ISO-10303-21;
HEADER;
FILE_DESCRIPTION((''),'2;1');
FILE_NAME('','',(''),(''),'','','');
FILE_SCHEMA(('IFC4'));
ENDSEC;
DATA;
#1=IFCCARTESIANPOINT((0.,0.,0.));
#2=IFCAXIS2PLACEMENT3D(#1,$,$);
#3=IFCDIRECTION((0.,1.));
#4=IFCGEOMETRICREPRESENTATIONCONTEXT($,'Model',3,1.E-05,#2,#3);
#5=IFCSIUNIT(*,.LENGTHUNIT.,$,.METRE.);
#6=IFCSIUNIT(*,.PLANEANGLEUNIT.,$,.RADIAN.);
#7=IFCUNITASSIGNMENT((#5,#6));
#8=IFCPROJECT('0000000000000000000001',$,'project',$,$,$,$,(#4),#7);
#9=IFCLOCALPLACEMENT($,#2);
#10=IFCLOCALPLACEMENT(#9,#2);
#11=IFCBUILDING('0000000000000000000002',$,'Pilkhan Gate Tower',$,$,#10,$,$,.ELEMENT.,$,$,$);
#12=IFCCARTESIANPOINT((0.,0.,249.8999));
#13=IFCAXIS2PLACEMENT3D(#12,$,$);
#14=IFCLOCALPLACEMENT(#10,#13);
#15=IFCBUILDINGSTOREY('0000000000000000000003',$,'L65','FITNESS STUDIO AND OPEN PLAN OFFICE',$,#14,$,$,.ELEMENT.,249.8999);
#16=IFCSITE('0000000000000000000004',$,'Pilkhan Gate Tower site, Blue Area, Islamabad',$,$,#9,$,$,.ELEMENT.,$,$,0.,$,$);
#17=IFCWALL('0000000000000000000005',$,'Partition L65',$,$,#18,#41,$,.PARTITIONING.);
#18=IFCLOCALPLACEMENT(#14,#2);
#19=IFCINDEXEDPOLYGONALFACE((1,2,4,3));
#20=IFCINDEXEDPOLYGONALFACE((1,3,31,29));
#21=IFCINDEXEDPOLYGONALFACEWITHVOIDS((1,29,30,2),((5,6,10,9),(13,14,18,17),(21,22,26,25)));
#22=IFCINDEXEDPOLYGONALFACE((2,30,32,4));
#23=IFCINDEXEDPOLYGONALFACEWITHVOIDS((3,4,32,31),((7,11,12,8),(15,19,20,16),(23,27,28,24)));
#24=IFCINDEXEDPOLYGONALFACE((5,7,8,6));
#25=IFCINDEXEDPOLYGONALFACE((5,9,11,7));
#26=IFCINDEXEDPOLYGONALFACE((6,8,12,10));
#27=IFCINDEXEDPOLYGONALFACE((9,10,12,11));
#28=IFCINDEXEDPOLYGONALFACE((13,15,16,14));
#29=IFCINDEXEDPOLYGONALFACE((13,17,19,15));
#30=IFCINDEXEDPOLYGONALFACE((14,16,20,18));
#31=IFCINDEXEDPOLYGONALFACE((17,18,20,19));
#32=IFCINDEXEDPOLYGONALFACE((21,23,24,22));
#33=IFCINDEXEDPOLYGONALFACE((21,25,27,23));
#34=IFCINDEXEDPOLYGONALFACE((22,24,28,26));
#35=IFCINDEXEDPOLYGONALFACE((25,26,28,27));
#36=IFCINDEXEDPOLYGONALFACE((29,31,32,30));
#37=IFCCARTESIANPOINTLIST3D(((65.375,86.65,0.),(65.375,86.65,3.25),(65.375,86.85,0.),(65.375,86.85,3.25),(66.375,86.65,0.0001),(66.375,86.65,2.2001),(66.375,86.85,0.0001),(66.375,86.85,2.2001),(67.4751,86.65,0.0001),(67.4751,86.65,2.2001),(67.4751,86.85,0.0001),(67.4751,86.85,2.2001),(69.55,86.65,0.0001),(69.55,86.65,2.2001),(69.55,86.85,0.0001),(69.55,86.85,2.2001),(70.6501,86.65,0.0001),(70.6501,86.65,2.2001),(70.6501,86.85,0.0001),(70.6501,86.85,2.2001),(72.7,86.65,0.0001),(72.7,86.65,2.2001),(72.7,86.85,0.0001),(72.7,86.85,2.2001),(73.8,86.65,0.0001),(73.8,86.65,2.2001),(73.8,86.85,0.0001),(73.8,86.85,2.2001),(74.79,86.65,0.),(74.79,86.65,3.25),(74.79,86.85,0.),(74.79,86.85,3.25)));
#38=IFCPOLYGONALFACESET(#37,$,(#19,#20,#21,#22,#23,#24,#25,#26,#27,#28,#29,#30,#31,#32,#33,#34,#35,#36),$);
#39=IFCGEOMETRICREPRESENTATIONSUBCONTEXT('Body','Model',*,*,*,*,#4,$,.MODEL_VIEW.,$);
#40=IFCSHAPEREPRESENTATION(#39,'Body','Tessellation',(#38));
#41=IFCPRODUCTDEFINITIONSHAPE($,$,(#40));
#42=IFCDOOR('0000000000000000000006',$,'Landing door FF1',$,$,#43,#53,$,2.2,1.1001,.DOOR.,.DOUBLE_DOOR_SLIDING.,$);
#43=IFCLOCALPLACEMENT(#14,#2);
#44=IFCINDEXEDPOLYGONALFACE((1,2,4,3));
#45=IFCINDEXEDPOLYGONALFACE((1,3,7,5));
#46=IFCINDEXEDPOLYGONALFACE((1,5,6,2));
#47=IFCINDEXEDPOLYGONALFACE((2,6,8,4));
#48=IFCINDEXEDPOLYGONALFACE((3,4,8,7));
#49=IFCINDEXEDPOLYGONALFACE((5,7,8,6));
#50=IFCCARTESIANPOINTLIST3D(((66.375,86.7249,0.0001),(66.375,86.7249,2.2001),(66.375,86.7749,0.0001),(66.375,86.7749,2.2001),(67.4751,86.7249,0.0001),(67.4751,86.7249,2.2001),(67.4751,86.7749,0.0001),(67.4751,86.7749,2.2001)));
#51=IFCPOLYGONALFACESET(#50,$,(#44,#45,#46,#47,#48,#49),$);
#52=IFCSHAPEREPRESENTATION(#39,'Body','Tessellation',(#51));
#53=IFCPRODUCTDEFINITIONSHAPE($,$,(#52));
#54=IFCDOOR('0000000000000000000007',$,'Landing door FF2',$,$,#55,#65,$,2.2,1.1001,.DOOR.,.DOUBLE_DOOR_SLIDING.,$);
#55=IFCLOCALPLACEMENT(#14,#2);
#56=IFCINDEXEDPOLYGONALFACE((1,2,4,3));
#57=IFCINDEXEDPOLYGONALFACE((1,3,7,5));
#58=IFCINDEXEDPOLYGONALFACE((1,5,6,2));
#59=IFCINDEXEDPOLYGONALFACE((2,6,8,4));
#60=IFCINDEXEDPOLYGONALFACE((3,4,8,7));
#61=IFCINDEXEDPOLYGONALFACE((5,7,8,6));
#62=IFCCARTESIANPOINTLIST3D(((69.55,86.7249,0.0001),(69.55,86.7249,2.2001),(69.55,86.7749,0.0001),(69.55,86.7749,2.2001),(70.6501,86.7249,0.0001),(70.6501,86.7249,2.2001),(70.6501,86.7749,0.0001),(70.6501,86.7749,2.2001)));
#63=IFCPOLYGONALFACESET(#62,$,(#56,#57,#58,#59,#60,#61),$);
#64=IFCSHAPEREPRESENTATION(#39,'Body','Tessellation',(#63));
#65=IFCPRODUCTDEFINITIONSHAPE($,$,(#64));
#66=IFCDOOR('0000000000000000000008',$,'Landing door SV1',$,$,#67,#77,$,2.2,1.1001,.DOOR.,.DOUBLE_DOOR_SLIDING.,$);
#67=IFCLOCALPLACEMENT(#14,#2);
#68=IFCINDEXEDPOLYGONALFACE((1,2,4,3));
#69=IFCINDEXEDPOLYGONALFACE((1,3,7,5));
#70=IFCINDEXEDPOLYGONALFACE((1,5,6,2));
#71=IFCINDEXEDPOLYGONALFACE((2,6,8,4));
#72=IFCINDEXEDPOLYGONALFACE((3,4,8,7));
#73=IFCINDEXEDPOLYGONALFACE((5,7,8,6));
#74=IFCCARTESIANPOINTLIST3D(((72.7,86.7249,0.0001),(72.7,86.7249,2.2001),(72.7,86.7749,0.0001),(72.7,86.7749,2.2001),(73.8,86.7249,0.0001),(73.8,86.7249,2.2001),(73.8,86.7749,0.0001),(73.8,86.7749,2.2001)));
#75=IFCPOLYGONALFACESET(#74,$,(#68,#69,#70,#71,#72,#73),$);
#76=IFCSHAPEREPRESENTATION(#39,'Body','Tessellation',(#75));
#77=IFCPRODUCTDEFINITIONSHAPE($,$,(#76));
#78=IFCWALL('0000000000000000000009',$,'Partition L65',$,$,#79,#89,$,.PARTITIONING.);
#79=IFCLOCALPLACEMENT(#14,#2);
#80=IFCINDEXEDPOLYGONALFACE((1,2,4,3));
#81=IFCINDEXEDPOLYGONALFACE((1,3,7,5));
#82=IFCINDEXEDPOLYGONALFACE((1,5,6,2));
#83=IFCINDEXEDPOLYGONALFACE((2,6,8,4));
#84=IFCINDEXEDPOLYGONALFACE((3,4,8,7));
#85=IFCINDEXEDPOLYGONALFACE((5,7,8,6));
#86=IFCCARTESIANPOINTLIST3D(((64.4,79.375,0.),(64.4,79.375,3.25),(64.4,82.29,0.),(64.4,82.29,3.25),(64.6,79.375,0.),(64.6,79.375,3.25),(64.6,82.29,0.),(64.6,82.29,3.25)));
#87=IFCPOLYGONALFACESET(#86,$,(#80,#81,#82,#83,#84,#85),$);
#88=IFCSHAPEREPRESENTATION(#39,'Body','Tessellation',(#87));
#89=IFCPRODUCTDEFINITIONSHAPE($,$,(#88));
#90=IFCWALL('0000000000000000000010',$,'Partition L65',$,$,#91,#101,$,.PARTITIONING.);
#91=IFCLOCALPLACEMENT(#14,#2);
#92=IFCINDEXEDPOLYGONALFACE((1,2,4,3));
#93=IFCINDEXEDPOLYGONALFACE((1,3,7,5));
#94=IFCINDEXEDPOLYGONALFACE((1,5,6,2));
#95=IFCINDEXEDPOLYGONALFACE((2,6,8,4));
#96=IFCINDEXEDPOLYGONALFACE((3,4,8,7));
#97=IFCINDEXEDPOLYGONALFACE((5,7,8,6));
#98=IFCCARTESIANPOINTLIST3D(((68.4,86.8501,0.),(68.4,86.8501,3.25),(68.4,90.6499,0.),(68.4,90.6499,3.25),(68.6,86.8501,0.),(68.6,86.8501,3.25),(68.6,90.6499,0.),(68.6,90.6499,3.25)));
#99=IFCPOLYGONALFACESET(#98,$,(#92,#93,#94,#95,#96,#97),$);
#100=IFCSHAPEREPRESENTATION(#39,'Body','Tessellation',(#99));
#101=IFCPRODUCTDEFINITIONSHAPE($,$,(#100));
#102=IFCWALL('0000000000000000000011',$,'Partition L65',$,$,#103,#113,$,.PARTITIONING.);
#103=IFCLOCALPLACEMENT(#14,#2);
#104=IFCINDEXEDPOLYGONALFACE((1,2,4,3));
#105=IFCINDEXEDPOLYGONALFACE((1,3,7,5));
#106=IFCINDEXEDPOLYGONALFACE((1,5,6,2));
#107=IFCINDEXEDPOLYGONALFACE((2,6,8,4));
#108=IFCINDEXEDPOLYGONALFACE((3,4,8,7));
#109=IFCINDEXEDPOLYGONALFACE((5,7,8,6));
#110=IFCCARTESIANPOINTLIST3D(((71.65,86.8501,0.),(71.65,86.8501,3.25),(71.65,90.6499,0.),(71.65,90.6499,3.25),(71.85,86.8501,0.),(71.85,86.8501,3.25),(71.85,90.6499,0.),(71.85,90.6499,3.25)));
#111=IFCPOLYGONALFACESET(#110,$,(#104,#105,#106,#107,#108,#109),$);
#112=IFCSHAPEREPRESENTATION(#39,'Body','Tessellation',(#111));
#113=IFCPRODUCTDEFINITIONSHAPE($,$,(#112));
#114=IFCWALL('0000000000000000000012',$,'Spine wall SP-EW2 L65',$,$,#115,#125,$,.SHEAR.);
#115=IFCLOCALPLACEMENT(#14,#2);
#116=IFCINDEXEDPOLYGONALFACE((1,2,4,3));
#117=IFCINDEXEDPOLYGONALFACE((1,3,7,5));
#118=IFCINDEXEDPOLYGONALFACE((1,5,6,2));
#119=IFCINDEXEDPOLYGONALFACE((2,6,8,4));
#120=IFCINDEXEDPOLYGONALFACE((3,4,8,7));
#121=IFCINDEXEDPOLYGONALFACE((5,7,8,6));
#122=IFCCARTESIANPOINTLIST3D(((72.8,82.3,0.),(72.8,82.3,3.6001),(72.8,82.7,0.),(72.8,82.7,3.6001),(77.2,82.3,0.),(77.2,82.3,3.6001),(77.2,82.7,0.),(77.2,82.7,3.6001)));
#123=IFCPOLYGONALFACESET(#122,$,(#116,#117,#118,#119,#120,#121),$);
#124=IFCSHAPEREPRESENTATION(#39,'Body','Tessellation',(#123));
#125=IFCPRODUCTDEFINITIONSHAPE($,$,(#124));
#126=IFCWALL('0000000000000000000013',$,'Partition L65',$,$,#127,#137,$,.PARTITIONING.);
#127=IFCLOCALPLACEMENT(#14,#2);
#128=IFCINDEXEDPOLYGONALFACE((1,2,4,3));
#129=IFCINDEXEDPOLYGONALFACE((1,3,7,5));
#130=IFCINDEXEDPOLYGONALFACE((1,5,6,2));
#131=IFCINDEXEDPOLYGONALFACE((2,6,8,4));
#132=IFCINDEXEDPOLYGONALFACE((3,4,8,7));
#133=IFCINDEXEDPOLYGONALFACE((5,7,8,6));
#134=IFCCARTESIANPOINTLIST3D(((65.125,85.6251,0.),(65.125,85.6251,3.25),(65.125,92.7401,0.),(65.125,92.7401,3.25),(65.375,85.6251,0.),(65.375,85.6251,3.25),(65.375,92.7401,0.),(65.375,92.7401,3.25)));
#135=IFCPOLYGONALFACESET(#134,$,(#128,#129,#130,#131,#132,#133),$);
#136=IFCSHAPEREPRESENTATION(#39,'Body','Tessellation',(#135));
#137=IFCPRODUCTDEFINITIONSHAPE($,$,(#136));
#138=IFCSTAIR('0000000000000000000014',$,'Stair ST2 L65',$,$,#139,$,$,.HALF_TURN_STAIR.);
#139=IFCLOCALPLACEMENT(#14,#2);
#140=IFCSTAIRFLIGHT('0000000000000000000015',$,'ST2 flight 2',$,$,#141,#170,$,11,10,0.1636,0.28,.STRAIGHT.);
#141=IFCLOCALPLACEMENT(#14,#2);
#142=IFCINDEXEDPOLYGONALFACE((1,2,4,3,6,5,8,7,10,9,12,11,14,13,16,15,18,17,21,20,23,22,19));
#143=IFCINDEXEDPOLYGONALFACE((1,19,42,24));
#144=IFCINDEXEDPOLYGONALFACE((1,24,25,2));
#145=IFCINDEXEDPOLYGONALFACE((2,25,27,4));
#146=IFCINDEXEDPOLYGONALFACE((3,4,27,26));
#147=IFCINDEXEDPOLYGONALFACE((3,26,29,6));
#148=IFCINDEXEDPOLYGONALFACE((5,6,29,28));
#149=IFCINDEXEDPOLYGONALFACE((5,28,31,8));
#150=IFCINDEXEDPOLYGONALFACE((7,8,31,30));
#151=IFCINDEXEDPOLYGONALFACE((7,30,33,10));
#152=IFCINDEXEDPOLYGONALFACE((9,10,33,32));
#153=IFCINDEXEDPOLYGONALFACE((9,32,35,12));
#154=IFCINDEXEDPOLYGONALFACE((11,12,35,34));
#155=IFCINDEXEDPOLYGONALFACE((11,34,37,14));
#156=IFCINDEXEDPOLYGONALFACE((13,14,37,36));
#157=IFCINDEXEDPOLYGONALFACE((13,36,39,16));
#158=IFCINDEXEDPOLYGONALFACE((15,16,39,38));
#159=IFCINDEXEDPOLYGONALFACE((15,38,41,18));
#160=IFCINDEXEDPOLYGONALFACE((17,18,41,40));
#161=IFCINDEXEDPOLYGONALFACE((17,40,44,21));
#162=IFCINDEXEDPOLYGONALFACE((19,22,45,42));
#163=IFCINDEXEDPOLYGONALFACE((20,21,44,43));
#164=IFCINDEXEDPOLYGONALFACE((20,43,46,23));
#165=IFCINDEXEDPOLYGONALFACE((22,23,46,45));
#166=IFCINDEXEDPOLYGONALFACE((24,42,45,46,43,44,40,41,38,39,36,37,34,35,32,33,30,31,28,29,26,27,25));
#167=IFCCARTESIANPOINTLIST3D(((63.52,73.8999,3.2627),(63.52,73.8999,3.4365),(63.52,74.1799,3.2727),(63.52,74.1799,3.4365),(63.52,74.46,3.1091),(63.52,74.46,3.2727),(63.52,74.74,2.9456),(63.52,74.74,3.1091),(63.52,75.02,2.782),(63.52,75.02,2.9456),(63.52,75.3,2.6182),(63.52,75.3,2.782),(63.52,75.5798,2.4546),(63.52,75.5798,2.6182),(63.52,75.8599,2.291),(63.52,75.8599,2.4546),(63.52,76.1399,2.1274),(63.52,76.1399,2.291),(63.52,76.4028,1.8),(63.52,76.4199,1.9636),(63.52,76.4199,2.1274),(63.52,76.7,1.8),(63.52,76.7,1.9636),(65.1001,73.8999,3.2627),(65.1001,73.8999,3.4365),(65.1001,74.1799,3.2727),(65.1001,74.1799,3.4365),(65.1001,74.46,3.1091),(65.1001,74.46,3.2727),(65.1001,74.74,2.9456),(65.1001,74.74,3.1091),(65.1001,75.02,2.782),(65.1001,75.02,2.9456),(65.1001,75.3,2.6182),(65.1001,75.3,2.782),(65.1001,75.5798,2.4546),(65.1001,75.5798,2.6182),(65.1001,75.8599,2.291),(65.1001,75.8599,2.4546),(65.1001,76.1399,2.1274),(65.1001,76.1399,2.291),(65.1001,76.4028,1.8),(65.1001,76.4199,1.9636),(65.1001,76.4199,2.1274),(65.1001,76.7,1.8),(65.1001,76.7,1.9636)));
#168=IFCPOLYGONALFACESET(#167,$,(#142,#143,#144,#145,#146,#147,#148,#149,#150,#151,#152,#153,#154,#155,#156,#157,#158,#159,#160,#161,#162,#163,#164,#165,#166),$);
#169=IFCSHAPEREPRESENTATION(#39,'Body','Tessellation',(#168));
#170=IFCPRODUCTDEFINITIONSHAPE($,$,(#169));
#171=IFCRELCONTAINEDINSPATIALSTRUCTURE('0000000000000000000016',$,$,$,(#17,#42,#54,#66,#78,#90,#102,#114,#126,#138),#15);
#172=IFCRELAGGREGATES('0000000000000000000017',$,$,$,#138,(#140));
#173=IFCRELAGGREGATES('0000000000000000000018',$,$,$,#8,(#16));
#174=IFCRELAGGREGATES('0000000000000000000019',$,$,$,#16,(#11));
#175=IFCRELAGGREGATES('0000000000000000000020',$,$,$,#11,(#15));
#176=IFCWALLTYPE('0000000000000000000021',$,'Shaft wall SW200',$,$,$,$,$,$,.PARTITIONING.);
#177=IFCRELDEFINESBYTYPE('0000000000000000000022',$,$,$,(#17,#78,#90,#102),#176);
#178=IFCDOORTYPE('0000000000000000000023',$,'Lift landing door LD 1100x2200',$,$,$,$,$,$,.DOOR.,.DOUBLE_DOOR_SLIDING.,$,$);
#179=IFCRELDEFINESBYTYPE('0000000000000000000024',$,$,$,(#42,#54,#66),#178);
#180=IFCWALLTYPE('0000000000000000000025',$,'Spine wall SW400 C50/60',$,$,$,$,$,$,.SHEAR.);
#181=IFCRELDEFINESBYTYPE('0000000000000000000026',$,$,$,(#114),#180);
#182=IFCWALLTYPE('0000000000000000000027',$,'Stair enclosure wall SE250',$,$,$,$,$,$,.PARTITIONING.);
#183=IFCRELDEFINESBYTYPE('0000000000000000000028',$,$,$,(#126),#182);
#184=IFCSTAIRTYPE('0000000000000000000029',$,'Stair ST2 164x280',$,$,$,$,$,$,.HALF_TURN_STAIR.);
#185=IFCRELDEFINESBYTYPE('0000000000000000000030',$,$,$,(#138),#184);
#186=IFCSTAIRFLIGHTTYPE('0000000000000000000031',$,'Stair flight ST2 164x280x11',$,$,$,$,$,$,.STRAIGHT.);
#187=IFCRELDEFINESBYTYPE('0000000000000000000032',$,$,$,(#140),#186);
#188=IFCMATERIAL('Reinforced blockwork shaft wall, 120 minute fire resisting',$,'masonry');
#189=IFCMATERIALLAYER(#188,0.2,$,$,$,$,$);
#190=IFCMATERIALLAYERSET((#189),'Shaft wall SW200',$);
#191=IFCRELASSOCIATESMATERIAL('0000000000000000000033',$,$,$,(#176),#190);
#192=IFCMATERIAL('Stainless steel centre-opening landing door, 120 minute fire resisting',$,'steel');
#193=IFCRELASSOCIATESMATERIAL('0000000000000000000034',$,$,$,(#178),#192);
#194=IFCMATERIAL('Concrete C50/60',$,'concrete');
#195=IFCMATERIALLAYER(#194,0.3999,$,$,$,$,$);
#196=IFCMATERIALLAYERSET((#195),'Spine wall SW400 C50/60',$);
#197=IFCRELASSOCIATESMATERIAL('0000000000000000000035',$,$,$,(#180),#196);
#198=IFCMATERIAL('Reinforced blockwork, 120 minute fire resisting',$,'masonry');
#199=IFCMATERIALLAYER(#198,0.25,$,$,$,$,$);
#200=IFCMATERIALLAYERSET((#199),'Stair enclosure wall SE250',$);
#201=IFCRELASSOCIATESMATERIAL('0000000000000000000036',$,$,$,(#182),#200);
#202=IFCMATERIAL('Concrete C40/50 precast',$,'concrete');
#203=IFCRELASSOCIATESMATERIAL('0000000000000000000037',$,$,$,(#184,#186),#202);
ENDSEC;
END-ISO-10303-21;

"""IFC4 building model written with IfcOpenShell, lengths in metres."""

from ifc_helpers import new_model, si_unit, direction, frame, frame_2d, origin, place, context, subcontext, project, spatial, polyline, rectangle, outline, extrude, material, layer, layer_set, type_object, element, fill, aggregate, save


model = new_model("IFC4")

# Units and contexts
model_context = context("Model", 3, precision=1e-05, world=origin(), true_north=direction((0.0, 1.0)))
body_context = subcontext(model_context, "Body", "Model", "MODEL_VIEW")
ifc_project = project(units=[si_unit("LENGTHUNIT", "METRE"), si_unit("PLANEANGLEUNIT", "RADIAN")], contexts=[model_context])

# Site, building, storey
site_placement = place(None, origin())
site = spatial("IfcSite", under=ifc_project, at=site_placement, Name="Pilkhan Gate Tower site, Blue Area, Islamabad", CompositionType="ELEMENT", RefElevation=0.0)
building_placement = place(site_placement, origin())
building = spatial("IfcBuilding", under=site, at=building_placement, Name="Pilkhan Gate Tower", CompositionType="ELEMENT")
storey_placement = place(building_placement, frame((0.0, 0.0, 249.8999)))
storey = spatial("IfcBuildingStorey", under=building, at=storey_placement, Name="L65", Description="FITNESS STUDIO AND OPEN PLAN OFFICE", CompositionType="ELEMENT", Elevation=249.8999)

# Shared definitions
ifc_material_1 = material(Name="Concrete C50/60", Category="concrete")

# Wall, openings, doors
ifc_material_2 = material(Name="Reinforced blockwork shaft wall, 120 minute fire resisting", Category="masonry")
ifc_layer_1 = layer(ifc_material_2, 0.2)
ifc_layer_set_1 = layer_set([ifc_layer_1], Name="Shaft wall SW200")
wall_type_1 = type_object("IfcWallType", Name="Shaft wall SW200", PredefinedType="PARTITIONING", material=ifc_layer_set_1)
wall_1_placement = place(storey_placement, frame((65.375, 86.75, 0.0), z_axis=(0.0, 0.0, 1.0), x_axis=(1.0, 0.0, 0.0)))
wall_1 = element("IfcWall", 1, at=wall_1_placement, inside=storey, type_object=wall_type_1, Name="Partition L65", PredefinedType="PARTITIONING", context=body_context, shape_type="SweptSolid", body=[
    extrude(rectangle(XDim=9.415, YDim=0.2, at=frame_2d((4.7075, 0.0))), origin(), (0.0, 0.0, 1.0), 3.25),
])
opening_1_placement = place(wall_1_placement, frame((1.0, 0.0, 0.0)))
opening_1 = element("IfcOpeningElement", 2, at=opening_1_placement, cuts=wall_1, PredefinedType="OPENING", context=body_context, shape_type="SweptSolid", body=[
    extrude(rectangle(XDim=1.1001, YDim=2.2, at=frame_2d((0.55, 1.1001))), frame((0.0, 0.1099, 0.0), z_axis=(0.0, -1.0, 0.0), x_axis=(1.0, 0.0, 0.0)), (0.0, 0.0, 1.0), 0.22),
])
opening_2_placement = place(wall_1_placement, frame((4.175, 0.0, 0.0)))
opening_2 = element("IfcOpeningElement", 3, at=opening_2_placement, cuts=wall_1, PredefinedType="OPENING", context=body_context, shape_type="SweptSolid", body=[
    extrude(rectangle(XDim=1.1001, YDim=2.2, at=frame_2d((0.55, 1.1001))), frame((0.0, 0.1099, 0.0), z_axis=(0.0, -1.0, 0.0), x_axis=(1.0, 0.0, 0.0)), (0.0, 0.0, 1.0), 0.22),
])
opening_3_placement = place(wall_1_placement, frame((7.325, 0.0, 0.0)))
opening_3 = element("IfcOpeningElement", 4, at=opening_3_placement, cuts=wall_1, PredefinedType="OPENING", context=body_context, shape_type="SweptSolid", body=[
    extrude(rectangle(XDim=1.1001, YDim=2.2, at=frame_2d((0.55, 1.1001))), frame((0.0, 0.1099, 0.0), z_axis=(0.0, -1.0, 0.0), x_axis=(1.0, 0.0, 0.0)), (0.0, 0.0, 1.0), 0.22),
])
ifc_material_3 = material(Name="Stainless steel centre-opening landing door, 120 minute fire resisting", Category="steel")
door_type_1 = type_object("IfcDoorType", Name="Lift landing door LD 1100x2200", OperationType="DOUBLE_DOOR_SLIDING", PredefinedType="DOOR", material=ifc_material_3)
door_1_placement = place(opening_1_placement, origin())
door_1 = element("IfcDoor", 5, at=door_1_placement, inside=storey, type_object=door_type_1, Name="Landing door FF1", OperationType="DOUBLE_DOOR_SLIDING", OverallHeight=2.2, OverallWidth=1.1001, PredefinedType="DOOR", context=body_context, shape_type="SweptSolid", body=[
    extrude(rectangle(XDim=1.1001, YDim=2.2, at=frame_2d((0.55, 1.1001))), frame((0.0, 0.0249, 0.0), z_axis=(0.0, -1.0, 0.0), x_axis=(1.0, 0.0, 0.0)), (0.0, 0.0, 1.0), 0.05),
])
fill(opening_1, door_1)
door_2_placement = place(opening_2_placement, origin())
door_2 = element("IfcDoor", 6, at=door_2_placement, inside=storey, type_object=door_type_1, Name="Landing door FF2", OperationType="DOUBLE_DOOR_SLIDING", OverallHeight=2.2, OverallWidth=1.1001, PredefinedType="DOOR", context=body_context, shape_type="SweptSolid", body=[
    extrude(rectangle(XDim=1.1001, YDim=2.2, at=frame_2d((0.55, 1.1001))), frame((0.0, 0.0249, 0.0), z_axis=(0.0, -1.0, 0.0), x_axis=(1.0, 0.0, 0.0)), (0.0, 0.0, 1.0), 0.05),
])
fill(opening_2, door_2)
door_3_placement = place(opening_3_placement, origin())
door_3 = element("IfcDoor", 7, at=door_3_placement, inside=storey, type_object=door_type_1, Name="Landing door SV1", OperationType="DOUBLE_DOOR_SLIDING", OverallHeight=2.2, OverallWidth=1.1001, PredefinedType="DOOR", context=body_context, shape_type="SweptSolid", body=[
    extrude(rectangle(XDim=1.1001, YDim=2.2, at=frame_2d((0.55, 1.1001))), frame((0.0, 0.0249, 0.0), z_axis=(0.0, -1.0, 0.0), x_axis=(1.0, 0.0, 0.0)), (0.0, 0.0, 1.0), 0.05),
])
fill(opening_3, door_3)

# Walls
wall_2_placement = place(storey_placement, frame((64.5, 79.375, 0.0), z_axis=(0.0, 0.0, 1.0), x_axis=(0.0, 1.0, 0.0)))
element("IfcWall", 8, at=wall_2_placement, inside=storey, type_object=wall_type_1, Name="Partition L65", PredefinedType="PARTITIONING", context=body_context, shape_type="SweptSolid", body=[
    extrude(rectangle(XDim=2.915, YDim=0.2, at=frame_2d((1.4575, 0.0))), origin(), (0.0, 0.0, 1.0), 3.25),
])
for number, where, z_axis, x_axis, name in (
    (9, (68.5, 86.8501, 0.0), (0.0, 0.0, 1.0), (0.0, 1.0, 0.0), "Partition L65"),
    (10, (71.75, 86.8501, 0.0), (0.0, 0.0, 1.0), (0.0, 1.0, 0.0), "Partition L65"),
):
    element("IfcWall", number, at=place(storey_placement, frame(where, z_axis=z_axis, x_axis=x_axis)), inside=storey, type_object=wall_type_1, Name=name, PredefinedType="PARTITIONING", context=body_context, shape_type="SweptSolid", body=[
        extrude(rectangle(XDim=3.7998, YDim=0.2, at=frame_2d((1.8999, 0.0))), origin(), (0.0, 0.0, 1.0), 3.25),
    ])
ifc_layer_2 = layer(ifc_material_1, 0.3999)
ifc_layer_set_2 = layer_set([ifc_layer_2], Name="Spine wall SW400 C50/60")
wall_type_2 = type_object("IfcWallType", Name="Spine wall SW400 C50/60", PredefinedType="SHEAR", material=ifc_layer_set_2)
wall_3_placement = place(storey_placement, frame((72.8, 82.5, 0.0), z_axis=(0.0, 0.0, 1.0), x_axis=(1.0, 0.0, 0.0)))
element("IfcWall", 11, at=wall_3_placement, inside=storey, type_object=wall_type_2, Name="Spine wall SP-EW2 L65", PredefinedType="SHEAR", context=body_context, shape_type="SweptSolid", body=[
    extrude(rectangle(XDim=4.3999, YDim=0.3999, at=frame_2d((2.2, 0.0))), origin(), (0.0, 0.0, 1.0), 3.6001),
])
ifc_material_4 = material(Name="Reinforced blockwork, 120 minute fire resisting", Category="masonry")
ifc_layer_3 = layer(ifc_material_4, 0.25)
ifc_layer_set_3 = layer_set([ifc_layer_3], Name="Stair enclosure wall SE250")
wall_type_3 = type_object("IfcWallType", Name="Stair enclosure wall SE250", PredefinedType="PARTITIONING", material=ifc_layer_set_3)
wall_4_placement = place(storey_placement, frame((65.25, 85.625, 0.0), z_axis=(0.0, 0.0, 1.0), x_axis=(0.0, 1.0, 0.0)))
element("IfcWall", 12, at=wall_4_placement, inside=storey, type_object=wall_type_3, Name="Partition L65", PredefinedType="PARTITIONING", context=body_context, shape_type="SweptSolid", body=[
    extrude(rectangle(XDim=7.115, YDim=0.25, at=frame_2d((3.5576, 0.0))), origin(), (0.0, 0.0, 1.0), 3.25),
])

# Stair, stair flight
ifc_material_5 = material(Name="Concrete C40/50 precast", Category="concrete")
stair_type_1 = type_object("IfcStairType", Name="Stair ST2 164x280", PredefinedType="HALF_TURN_STAIR", material=ifc_material_5)
stair_1_placement = place(storey_placement, origin())
stair_1 = element("IfcStair", 13, at=stair_1_placement, inside=storey, type_object=stair_type_1, Name="Stair ST2 L65", PredefinedType="HALF_TURN_STAIR")
stair_flight_type_1 = type_object("IfcStairFlightType", Name="Stair flight ST2 164x280x11", PredefinedType="STRAIGHT", material=ifc_material_5)
stair_flight_1_placement = place(storey_placement, frame((64.3101, 76.7, 1.8), z_axis=(0.0, 0.0, 1.0), x_axis=(0.0, -1.0, 0.0)))
stair_flight_1 = element("IfcStairFlight", 14, at=stair_flight_1_placement, type_object=stair_flight_type_1, Name="ST2 flight 2", NumberOfRisers=11, NumberOfTreads=10, PredefinedType="STRAIGHT", RiserHeight=0.1636, TreadLength=0.28, context=body_context, shape_type="SweptSolid", body=[
    extrude(outline(polyline([(0.0, 0.0), (0.0, 0.1636), (0.28, 0.1636), (0.28, 0.3274), (0.5601, 0.3274), (0.5601, 0.491), (0.8401, 0.491), (0.8401, 0.6545), (1.1201, 0.6545), (1.1201, 0.8181), (1.3999, 0.8181), (1.3999, 0.9819), (1.6799, 0.9819), (1.6799, 1.1455), (1.96, 1.1455), (1.96, 1.3091), (2.24, 1.3091), (2.24, 1.4727), (2.52, 1.4727), (2.52, 1.6365), (2.8, 1.6365), (2.8, 1.8), (2.8, 1.4626), (0.2971, 0.0), (0.0, 0.0)])), frame((0.0, 0.79, 0.0), z_axis=(0.0, -1.0, 0.0), x_axis=(1.0, 0.0, 0.0)), (0.0, 0.0, 1.0), 1.5801),
])
aggregate(stair_1, [stair_flight_1])

save(model, "model.ifc")
